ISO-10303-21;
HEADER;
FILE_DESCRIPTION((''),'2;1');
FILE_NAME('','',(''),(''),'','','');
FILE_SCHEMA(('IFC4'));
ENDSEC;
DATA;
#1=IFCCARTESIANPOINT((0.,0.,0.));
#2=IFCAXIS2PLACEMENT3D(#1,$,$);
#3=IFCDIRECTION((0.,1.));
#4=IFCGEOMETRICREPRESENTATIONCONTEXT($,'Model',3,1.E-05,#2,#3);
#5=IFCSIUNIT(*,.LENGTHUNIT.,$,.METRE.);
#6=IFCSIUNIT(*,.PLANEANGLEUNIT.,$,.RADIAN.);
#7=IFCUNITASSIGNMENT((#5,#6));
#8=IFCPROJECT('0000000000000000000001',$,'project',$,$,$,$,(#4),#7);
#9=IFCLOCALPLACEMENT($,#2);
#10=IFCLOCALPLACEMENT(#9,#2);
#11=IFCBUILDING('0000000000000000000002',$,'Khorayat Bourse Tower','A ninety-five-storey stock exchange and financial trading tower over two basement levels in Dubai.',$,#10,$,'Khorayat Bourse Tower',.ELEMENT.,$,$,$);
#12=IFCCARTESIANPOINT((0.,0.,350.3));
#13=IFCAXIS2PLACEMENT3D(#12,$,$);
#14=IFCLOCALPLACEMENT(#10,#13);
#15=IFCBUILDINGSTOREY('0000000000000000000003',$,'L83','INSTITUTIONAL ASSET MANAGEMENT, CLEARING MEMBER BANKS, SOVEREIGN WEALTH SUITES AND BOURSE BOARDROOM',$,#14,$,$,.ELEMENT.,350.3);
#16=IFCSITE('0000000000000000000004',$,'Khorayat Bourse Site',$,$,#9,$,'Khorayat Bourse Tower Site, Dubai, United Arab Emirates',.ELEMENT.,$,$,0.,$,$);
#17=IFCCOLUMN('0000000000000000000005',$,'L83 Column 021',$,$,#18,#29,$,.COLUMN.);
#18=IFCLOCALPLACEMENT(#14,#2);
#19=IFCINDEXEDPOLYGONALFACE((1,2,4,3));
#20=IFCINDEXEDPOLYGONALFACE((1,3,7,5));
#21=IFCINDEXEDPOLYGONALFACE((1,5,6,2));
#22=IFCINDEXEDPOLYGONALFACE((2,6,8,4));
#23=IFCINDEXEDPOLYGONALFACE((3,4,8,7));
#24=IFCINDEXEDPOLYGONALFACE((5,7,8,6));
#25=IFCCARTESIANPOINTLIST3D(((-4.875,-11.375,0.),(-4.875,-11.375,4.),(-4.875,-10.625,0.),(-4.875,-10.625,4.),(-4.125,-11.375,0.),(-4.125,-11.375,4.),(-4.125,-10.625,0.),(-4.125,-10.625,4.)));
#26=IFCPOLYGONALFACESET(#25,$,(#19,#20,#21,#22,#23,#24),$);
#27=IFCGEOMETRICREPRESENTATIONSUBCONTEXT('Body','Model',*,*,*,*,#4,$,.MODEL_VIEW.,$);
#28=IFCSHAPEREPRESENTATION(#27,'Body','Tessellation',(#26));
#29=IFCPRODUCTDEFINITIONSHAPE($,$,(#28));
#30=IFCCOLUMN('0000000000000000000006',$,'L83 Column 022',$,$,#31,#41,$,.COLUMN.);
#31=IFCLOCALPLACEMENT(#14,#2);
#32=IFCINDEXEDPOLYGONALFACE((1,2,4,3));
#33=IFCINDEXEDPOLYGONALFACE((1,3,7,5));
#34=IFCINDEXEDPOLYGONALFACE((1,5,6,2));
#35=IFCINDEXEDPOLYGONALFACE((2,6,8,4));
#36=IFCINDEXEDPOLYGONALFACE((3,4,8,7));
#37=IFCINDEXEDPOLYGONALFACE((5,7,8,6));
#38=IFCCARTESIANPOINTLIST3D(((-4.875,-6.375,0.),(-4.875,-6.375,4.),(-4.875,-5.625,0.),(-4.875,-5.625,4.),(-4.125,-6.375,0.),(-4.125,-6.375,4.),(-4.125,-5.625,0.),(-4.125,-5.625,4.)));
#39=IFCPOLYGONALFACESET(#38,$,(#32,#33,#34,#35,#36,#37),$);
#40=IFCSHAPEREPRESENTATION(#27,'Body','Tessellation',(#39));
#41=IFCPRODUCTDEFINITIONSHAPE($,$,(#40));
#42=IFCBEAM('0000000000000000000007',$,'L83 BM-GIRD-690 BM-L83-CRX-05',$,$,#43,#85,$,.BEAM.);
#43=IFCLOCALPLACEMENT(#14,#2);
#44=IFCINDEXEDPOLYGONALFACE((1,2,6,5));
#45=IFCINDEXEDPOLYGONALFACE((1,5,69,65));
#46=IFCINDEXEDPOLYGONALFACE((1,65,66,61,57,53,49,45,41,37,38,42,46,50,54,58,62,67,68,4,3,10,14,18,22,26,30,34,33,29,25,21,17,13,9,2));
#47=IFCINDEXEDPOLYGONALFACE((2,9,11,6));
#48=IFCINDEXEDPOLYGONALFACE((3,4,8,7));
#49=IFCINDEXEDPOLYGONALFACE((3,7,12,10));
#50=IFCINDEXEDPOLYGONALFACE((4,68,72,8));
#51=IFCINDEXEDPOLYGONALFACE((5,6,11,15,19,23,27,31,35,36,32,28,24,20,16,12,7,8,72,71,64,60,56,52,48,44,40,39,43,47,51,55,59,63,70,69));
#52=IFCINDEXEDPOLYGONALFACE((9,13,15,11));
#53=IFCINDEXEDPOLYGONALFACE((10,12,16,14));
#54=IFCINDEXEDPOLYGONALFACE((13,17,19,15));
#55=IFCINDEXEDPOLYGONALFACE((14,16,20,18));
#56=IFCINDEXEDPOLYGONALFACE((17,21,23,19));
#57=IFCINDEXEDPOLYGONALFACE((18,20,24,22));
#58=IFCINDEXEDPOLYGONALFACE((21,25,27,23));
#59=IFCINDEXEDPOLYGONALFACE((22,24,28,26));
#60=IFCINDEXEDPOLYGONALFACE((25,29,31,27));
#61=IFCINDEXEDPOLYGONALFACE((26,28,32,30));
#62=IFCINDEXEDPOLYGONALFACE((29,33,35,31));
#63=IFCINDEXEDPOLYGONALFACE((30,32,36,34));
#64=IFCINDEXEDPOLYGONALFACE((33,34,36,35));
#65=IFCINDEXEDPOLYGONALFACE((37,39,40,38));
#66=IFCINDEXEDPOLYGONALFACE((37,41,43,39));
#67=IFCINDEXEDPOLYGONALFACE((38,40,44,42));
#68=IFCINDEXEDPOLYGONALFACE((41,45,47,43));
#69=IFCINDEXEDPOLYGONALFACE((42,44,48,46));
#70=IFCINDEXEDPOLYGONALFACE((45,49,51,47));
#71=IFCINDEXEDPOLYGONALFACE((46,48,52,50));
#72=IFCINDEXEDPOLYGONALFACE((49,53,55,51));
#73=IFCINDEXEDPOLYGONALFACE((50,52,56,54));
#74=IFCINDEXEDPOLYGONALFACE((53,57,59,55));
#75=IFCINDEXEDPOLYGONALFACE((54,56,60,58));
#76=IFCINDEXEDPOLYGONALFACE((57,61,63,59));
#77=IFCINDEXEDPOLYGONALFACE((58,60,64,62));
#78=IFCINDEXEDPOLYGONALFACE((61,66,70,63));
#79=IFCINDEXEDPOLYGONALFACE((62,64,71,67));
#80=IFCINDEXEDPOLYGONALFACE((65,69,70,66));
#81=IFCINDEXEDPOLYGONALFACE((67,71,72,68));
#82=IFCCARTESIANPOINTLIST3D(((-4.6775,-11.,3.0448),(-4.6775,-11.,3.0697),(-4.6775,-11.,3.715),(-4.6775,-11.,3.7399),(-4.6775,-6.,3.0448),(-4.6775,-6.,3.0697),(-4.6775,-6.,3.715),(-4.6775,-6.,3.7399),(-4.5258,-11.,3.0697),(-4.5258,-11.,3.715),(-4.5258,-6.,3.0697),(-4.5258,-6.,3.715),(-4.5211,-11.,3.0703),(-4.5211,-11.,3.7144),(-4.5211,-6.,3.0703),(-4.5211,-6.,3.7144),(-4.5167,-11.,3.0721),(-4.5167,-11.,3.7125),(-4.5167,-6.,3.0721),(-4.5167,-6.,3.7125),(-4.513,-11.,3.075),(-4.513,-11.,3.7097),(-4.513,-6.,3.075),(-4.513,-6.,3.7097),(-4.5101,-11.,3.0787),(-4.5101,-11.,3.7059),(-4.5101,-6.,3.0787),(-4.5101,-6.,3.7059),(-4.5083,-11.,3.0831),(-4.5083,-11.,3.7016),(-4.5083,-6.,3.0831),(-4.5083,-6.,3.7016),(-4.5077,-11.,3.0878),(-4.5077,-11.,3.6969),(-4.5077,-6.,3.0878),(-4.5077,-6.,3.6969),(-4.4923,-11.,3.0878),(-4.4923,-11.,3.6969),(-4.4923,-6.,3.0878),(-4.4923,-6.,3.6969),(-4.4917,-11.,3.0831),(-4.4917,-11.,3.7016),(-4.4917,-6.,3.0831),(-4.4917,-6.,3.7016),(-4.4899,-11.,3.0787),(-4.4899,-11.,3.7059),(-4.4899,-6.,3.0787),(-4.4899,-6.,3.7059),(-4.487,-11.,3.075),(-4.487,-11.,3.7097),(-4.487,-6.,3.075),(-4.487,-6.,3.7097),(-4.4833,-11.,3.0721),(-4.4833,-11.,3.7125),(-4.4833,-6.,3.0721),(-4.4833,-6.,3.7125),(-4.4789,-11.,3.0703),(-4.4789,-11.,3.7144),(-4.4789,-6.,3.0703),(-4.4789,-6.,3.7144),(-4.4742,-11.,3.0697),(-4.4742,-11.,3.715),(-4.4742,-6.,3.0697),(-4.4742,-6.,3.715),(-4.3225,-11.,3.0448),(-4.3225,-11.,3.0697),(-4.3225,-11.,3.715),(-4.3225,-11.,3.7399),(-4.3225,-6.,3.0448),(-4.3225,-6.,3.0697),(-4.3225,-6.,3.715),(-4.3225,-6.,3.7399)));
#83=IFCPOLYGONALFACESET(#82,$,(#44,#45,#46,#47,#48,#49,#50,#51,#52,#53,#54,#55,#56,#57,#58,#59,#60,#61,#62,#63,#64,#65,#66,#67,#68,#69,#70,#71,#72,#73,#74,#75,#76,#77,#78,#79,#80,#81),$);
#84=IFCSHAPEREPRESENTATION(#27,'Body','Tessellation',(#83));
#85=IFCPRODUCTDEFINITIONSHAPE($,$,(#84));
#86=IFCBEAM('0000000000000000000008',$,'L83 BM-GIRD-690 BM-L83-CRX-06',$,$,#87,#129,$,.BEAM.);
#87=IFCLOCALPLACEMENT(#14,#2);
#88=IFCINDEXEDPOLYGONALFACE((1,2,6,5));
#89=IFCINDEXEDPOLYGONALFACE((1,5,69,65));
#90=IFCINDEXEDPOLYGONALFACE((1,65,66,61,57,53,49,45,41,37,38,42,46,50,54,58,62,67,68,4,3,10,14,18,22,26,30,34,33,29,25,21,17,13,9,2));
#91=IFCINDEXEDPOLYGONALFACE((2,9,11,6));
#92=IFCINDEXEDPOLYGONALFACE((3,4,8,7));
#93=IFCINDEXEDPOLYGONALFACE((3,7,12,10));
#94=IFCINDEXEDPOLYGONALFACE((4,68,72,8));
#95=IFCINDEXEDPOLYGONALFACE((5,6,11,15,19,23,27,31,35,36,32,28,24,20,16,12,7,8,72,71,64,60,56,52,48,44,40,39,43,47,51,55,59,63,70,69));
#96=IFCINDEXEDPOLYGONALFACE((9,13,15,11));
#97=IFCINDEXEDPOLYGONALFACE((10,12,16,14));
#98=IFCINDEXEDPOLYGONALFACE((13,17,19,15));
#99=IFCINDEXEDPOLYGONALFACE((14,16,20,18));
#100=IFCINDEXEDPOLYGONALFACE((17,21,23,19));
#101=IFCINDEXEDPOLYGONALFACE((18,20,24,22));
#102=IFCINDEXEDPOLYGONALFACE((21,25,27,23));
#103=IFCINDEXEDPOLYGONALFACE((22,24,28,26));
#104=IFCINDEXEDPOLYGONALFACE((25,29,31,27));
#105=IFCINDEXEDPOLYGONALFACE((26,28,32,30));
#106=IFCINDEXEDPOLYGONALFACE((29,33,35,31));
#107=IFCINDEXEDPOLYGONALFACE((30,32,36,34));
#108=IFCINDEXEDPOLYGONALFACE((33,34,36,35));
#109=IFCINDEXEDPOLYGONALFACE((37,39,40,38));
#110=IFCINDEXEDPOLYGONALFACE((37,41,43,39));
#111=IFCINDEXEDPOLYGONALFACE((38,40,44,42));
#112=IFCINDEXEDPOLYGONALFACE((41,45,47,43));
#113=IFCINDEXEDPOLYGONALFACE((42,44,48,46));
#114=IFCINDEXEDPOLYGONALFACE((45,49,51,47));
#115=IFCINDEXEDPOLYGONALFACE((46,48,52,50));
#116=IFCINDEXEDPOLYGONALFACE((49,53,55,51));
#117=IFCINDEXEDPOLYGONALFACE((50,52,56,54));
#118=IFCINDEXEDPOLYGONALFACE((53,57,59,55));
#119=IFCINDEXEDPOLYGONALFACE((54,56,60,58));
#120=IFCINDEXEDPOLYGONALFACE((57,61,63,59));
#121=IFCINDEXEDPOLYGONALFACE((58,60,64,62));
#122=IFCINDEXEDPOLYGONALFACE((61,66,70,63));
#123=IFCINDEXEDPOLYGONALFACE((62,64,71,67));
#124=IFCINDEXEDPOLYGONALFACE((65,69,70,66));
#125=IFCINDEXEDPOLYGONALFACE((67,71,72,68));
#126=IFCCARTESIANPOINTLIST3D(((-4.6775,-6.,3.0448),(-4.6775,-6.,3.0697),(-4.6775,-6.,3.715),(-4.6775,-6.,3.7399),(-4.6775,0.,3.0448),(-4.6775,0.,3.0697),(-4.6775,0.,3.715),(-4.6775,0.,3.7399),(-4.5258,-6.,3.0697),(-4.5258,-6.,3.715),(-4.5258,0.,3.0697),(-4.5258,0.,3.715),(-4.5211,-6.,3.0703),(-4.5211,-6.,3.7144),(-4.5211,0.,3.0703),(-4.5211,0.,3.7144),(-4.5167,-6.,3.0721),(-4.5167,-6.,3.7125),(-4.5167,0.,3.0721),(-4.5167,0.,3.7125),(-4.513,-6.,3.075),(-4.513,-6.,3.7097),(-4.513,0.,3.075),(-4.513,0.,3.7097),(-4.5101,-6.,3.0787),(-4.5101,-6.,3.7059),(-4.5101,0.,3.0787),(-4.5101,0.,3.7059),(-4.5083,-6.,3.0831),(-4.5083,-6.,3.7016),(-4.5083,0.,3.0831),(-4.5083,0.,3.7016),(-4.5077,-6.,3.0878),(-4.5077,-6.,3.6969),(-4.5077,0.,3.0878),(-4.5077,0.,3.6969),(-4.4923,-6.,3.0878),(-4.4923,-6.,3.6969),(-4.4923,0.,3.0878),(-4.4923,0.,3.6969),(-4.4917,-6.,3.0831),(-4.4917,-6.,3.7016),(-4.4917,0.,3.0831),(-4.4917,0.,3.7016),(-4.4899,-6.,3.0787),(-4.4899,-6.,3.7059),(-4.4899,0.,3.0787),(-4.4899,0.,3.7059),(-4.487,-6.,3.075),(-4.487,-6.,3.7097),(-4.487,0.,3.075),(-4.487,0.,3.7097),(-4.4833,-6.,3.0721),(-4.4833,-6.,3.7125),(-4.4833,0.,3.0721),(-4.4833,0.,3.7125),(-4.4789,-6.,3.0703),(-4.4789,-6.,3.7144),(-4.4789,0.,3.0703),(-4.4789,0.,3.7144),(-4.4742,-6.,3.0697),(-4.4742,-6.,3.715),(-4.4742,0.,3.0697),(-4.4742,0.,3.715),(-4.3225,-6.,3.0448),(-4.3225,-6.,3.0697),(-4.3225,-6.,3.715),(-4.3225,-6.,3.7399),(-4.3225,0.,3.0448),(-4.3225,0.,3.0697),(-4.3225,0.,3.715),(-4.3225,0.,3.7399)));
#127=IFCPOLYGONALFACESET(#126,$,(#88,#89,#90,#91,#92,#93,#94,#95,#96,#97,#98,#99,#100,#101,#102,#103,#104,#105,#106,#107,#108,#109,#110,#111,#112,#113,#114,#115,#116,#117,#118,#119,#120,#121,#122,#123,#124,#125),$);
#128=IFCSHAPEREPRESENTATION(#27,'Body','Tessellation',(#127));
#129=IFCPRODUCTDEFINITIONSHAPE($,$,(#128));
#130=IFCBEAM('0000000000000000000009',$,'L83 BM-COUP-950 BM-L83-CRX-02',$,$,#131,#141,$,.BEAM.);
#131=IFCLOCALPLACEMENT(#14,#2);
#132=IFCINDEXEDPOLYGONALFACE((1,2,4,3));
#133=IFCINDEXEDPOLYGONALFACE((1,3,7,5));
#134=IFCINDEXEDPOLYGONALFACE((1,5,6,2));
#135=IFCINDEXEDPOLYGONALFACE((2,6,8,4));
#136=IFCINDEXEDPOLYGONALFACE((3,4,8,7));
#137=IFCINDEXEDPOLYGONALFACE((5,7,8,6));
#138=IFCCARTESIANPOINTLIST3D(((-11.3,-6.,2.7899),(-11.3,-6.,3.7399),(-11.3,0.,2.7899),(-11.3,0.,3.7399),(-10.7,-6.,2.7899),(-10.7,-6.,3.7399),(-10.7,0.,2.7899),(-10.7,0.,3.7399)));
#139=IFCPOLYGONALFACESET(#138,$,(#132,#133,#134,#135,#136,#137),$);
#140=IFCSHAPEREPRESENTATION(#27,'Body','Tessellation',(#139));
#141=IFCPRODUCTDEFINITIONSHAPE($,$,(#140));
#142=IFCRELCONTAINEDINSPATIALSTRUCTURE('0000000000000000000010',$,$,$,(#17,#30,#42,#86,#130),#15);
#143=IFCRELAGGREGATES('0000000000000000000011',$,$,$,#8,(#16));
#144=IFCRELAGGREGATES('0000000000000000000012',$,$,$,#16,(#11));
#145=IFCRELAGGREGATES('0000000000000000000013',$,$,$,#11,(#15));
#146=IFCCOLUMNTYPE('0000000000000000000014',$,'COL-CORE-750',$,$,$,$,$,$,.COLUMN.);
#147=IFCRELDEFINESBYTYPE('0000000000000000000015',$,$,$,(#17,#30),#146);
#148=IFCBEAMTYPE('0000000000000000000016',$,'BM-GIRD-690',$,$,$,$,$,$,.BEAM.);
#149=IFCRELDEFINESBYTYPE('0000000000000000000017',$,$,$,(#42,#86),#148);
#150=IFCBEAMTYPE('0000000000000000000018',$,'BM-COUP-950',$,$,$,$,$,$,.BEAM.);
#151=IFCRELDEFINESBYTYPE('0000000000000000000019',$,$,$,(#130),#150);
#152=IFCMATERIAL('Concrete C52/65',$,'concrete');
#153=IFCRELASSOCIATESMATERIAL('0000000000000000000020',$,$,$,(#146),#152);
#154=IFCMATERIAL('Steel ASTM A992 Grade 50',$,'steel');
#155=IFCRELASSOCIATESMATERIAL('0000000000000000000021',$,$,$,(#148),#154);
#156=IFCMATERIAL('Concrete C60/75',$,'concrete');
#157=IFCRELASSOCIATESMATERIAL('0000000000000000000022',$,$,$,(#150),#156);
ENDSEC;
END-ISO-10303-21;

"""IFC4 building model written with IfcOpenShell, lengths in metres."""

from ifc_helpers import new_model, si_unit, direction, frame, origin, origin_2d, place, context, subcontext, project, spatial, rectangle, i_section, extrude, source, transform, mapped, material, material_profile, profile_set, type_object, element, save


model = new_model("IFC4")

# Units and contexts
model_context = context("Model", 3, precision=1e-05, world=origin(), true_north=direction((0.0, 1.0)))
body_context = subcontext(model_context, "Body", "Model", "MODEL_VIEW")
ifc_project = project(units=[si_unit("LENGTHUNIT", "METRE"), si_unit("PLANEANGLEUNIT", "RADIAN")], contexts=[model_context])

# Site, building, storey
site_placement = place(None, origin())
site = spatial("IfcSite", under=ifc_project, at=site_placement, Name="Khorayat Bourse Site", LongName="Khorayat Bourse Tower Site, Dubai, United Arab Emirates", CompositionType="ELEMENT", RefElevation=0.0)
building_placement = place(site_placement, origin())
building = spatial("IfcBuilding", under=site, at=building_placement, Name="Khorayat Bourse Tower", Description="A ninety-five-storey stock exchange and financial trading tower over two basement levels in Dubai.", LongName="Khorayat Bourse Tower", CompositionType="ELEMENT")
storey_placement = place(building_placement, frame((0.0, 0.0, 350.3)))
storey = spatial("IfcBuildingStorey", under=building, at=storey_placement, Name="L83", Description="INSTITUTIONAL ASSET MANAGEMENT, CLEARING MEMBER BANKS, SOVEREIGN WEALTH SUITES AND BOURSE BOARDROOM", CompositionType="ELEMENT", Elevation=350.3)

# Columns
ifc_material_1 = material(Name="Concrete C52/65", Category="concrete")
ifc_material_profile_1 = material_profile(ifc_material_1, rectangle(XDim=0.75, YDim=0.75, at=origin_2d()), Name="RC 750x750")
ifc_profile_set_1 = profile_set([ifc_material_profile_1], Name="Concrete C52/65")
column_type = type_object("IfcColumnType", Name="COL-CORE-750", PredefinedType="COLUMN", material=ifc_profile_set_1)
shared_shape_1 = source(origin(), body_context, "Body", "SweptSolid", [
    extrude(rectangle(XDim=0.75, YDim=0.75, at=origin_2d()), origin(), (0.0, 0.0, 1.0), 4.0),
])
for number, where, z_axis, x_axis, name in (
    (1, (-4.5, -11.0, 0.0), (0.0, 0.0, 1.0), (1.0, 0.0, 0.0), "L83 Column 021"),
    (2, (-4.5, -6.0, 0.0), (0.0, 0.0, 1.0), (1.0, 0.0, 0.0), "L83 Column 022"),
):
    element("IfcColumn", number, at=place(storey_placement, frame(where, z_axis=z_axis, x_axis=x_axis)), inside=storey, type_object=column_type, Name=name, PredefinedType="COLUMN", context=body_context, shape_type="MappedRepresentation", body=[
        mapped(shared_shape_1, transform((0.0, 0.0, 0.0), scale=1.0)),
    ])

# Beams
ifc_material_2 = material(Name="Steel ASTM A992 Grade 50", Category="steel")
ifc_material_profile_2 = material_profile(ifc_material_2, i_section(OverallWidth=0.355, OverallDepth=0.6951, WebThickness=0.0154, FlangeThickness=0.0249, FilletRadius=0.0181, at=origin_2d()), Name="W690X217")
ifc_profile_set_2 = profile_set([ifc_material_profile_2], Name="Steel ASTM A992 Grade 50")
beam_type_1 = type_object("IfcBeamType", Name="BM-GIRD-690", PredefinedType="BEAM", material=ifc_profile_set_2)
shared_shape_2 = source(origin(), body_context, "Body", "SweptSolid", [
    extrude(i_section(OverallWidth=0.355, OverallDepth=0.6951, WebThickness=0.0154, FlangeThickness=0.0249, FilletRadius=0.0181, at=origin_2d()), origin(), (0.0, 0.0, 1.0), 5.0),
])
beam_1_placement = place(storey_placement, frame((-4.5, -11.0, 3.3923), z_axis=(0.0, 1.0, 0.0), x_axis=(-1.0, 0.0, 0.0)))
element("IfcBeam", 3, at=beam_1_placement, inside=storey, type_object=beam_type_1, Name="L83 BM-GIRD-690 BM-L83-CRX-05", PredefinedType="BEAM", context=body_context, shape_type="MappedRepresentation", body=[
    mapped(shared_shape_2, transform((0.0, 0.0, 0.0), scale=1.0)),
])
shared_shape_3 = source(origin(), body_context, "Body", "SweptSolid", [
    extrude(i_section(OverallWidth=0.355, OverallDepth=0.6951, WebThickness=0.0154, FlangeThickness=0.0249, FilletRadius=0.0181, at=origin_2d()), origin(), (0.0, 0.0, 1.0), 6.0),
])
beam_2_placement = place(storey_placement, frame((-4.5, -6.0, 3.3923), z_axis=(0.0, 1.0, 0.0), x_axis=(-1.0, 0.0, 0.0)))
element("IfcBeam", 4, at=beam_2_placement, inside=storey, type_object=beam_type_1, Name="L83 BM-GIRD-690 BM-L83-CRX-06", PredefinedType="BEAM", context=body_context, shape_type="MappedRepresentation", body=[
    mapped(shared_shape_3, transform((0.0, 0.0, 0.0), scale=1.0)),
])
ifc_material_3 = material(Name="Concrete C60/75", Category="concrete")
ifc_material_profile_3 = material_profile(ifc_material_3, rectangle(XDim=0.6001, YDim=0.95, at=origin_2d()), Name="RC 600x950")
ifc_profile_set_3 = profile_set([ifc_material_profile_3], Name="Concrete C60/75")
beam_type_2 = type_object("IfcBeamType", Name="BM-COUP-950", PredefinedType="BEAM", material=ifc_profile_set_3)
shared_shape_4 = source(origin(), body_context, "Body", "SweptSolid", [
    extrude(rectangle(XDim=0.6001, YDim=0.95, at=origin_2d()), origin(), (0.0, 0.0, 1.0), 6.0),
])
beam_3_placement = place(storey_placement, frame((-11.0, -6.0, 3.2649), z_axis=(0.0, 1.0, 0.0), x_axis=(-1.0, 0.0, 0.0)))
element("IfcBeam", 5, at=beam_3_placement, inside=storey, type_object=beam_type_2, Name="L83 BM-COUP-950 BM-L83-CRX-02", PredefinedType="BEAM", context=body_context, shape_type="MappedRepresentation", body=[
    mapped(shared_shape_4, transform((0.0, 0.0, 0.0), scale=1.0)),
])

save(model, "model.ifc")
